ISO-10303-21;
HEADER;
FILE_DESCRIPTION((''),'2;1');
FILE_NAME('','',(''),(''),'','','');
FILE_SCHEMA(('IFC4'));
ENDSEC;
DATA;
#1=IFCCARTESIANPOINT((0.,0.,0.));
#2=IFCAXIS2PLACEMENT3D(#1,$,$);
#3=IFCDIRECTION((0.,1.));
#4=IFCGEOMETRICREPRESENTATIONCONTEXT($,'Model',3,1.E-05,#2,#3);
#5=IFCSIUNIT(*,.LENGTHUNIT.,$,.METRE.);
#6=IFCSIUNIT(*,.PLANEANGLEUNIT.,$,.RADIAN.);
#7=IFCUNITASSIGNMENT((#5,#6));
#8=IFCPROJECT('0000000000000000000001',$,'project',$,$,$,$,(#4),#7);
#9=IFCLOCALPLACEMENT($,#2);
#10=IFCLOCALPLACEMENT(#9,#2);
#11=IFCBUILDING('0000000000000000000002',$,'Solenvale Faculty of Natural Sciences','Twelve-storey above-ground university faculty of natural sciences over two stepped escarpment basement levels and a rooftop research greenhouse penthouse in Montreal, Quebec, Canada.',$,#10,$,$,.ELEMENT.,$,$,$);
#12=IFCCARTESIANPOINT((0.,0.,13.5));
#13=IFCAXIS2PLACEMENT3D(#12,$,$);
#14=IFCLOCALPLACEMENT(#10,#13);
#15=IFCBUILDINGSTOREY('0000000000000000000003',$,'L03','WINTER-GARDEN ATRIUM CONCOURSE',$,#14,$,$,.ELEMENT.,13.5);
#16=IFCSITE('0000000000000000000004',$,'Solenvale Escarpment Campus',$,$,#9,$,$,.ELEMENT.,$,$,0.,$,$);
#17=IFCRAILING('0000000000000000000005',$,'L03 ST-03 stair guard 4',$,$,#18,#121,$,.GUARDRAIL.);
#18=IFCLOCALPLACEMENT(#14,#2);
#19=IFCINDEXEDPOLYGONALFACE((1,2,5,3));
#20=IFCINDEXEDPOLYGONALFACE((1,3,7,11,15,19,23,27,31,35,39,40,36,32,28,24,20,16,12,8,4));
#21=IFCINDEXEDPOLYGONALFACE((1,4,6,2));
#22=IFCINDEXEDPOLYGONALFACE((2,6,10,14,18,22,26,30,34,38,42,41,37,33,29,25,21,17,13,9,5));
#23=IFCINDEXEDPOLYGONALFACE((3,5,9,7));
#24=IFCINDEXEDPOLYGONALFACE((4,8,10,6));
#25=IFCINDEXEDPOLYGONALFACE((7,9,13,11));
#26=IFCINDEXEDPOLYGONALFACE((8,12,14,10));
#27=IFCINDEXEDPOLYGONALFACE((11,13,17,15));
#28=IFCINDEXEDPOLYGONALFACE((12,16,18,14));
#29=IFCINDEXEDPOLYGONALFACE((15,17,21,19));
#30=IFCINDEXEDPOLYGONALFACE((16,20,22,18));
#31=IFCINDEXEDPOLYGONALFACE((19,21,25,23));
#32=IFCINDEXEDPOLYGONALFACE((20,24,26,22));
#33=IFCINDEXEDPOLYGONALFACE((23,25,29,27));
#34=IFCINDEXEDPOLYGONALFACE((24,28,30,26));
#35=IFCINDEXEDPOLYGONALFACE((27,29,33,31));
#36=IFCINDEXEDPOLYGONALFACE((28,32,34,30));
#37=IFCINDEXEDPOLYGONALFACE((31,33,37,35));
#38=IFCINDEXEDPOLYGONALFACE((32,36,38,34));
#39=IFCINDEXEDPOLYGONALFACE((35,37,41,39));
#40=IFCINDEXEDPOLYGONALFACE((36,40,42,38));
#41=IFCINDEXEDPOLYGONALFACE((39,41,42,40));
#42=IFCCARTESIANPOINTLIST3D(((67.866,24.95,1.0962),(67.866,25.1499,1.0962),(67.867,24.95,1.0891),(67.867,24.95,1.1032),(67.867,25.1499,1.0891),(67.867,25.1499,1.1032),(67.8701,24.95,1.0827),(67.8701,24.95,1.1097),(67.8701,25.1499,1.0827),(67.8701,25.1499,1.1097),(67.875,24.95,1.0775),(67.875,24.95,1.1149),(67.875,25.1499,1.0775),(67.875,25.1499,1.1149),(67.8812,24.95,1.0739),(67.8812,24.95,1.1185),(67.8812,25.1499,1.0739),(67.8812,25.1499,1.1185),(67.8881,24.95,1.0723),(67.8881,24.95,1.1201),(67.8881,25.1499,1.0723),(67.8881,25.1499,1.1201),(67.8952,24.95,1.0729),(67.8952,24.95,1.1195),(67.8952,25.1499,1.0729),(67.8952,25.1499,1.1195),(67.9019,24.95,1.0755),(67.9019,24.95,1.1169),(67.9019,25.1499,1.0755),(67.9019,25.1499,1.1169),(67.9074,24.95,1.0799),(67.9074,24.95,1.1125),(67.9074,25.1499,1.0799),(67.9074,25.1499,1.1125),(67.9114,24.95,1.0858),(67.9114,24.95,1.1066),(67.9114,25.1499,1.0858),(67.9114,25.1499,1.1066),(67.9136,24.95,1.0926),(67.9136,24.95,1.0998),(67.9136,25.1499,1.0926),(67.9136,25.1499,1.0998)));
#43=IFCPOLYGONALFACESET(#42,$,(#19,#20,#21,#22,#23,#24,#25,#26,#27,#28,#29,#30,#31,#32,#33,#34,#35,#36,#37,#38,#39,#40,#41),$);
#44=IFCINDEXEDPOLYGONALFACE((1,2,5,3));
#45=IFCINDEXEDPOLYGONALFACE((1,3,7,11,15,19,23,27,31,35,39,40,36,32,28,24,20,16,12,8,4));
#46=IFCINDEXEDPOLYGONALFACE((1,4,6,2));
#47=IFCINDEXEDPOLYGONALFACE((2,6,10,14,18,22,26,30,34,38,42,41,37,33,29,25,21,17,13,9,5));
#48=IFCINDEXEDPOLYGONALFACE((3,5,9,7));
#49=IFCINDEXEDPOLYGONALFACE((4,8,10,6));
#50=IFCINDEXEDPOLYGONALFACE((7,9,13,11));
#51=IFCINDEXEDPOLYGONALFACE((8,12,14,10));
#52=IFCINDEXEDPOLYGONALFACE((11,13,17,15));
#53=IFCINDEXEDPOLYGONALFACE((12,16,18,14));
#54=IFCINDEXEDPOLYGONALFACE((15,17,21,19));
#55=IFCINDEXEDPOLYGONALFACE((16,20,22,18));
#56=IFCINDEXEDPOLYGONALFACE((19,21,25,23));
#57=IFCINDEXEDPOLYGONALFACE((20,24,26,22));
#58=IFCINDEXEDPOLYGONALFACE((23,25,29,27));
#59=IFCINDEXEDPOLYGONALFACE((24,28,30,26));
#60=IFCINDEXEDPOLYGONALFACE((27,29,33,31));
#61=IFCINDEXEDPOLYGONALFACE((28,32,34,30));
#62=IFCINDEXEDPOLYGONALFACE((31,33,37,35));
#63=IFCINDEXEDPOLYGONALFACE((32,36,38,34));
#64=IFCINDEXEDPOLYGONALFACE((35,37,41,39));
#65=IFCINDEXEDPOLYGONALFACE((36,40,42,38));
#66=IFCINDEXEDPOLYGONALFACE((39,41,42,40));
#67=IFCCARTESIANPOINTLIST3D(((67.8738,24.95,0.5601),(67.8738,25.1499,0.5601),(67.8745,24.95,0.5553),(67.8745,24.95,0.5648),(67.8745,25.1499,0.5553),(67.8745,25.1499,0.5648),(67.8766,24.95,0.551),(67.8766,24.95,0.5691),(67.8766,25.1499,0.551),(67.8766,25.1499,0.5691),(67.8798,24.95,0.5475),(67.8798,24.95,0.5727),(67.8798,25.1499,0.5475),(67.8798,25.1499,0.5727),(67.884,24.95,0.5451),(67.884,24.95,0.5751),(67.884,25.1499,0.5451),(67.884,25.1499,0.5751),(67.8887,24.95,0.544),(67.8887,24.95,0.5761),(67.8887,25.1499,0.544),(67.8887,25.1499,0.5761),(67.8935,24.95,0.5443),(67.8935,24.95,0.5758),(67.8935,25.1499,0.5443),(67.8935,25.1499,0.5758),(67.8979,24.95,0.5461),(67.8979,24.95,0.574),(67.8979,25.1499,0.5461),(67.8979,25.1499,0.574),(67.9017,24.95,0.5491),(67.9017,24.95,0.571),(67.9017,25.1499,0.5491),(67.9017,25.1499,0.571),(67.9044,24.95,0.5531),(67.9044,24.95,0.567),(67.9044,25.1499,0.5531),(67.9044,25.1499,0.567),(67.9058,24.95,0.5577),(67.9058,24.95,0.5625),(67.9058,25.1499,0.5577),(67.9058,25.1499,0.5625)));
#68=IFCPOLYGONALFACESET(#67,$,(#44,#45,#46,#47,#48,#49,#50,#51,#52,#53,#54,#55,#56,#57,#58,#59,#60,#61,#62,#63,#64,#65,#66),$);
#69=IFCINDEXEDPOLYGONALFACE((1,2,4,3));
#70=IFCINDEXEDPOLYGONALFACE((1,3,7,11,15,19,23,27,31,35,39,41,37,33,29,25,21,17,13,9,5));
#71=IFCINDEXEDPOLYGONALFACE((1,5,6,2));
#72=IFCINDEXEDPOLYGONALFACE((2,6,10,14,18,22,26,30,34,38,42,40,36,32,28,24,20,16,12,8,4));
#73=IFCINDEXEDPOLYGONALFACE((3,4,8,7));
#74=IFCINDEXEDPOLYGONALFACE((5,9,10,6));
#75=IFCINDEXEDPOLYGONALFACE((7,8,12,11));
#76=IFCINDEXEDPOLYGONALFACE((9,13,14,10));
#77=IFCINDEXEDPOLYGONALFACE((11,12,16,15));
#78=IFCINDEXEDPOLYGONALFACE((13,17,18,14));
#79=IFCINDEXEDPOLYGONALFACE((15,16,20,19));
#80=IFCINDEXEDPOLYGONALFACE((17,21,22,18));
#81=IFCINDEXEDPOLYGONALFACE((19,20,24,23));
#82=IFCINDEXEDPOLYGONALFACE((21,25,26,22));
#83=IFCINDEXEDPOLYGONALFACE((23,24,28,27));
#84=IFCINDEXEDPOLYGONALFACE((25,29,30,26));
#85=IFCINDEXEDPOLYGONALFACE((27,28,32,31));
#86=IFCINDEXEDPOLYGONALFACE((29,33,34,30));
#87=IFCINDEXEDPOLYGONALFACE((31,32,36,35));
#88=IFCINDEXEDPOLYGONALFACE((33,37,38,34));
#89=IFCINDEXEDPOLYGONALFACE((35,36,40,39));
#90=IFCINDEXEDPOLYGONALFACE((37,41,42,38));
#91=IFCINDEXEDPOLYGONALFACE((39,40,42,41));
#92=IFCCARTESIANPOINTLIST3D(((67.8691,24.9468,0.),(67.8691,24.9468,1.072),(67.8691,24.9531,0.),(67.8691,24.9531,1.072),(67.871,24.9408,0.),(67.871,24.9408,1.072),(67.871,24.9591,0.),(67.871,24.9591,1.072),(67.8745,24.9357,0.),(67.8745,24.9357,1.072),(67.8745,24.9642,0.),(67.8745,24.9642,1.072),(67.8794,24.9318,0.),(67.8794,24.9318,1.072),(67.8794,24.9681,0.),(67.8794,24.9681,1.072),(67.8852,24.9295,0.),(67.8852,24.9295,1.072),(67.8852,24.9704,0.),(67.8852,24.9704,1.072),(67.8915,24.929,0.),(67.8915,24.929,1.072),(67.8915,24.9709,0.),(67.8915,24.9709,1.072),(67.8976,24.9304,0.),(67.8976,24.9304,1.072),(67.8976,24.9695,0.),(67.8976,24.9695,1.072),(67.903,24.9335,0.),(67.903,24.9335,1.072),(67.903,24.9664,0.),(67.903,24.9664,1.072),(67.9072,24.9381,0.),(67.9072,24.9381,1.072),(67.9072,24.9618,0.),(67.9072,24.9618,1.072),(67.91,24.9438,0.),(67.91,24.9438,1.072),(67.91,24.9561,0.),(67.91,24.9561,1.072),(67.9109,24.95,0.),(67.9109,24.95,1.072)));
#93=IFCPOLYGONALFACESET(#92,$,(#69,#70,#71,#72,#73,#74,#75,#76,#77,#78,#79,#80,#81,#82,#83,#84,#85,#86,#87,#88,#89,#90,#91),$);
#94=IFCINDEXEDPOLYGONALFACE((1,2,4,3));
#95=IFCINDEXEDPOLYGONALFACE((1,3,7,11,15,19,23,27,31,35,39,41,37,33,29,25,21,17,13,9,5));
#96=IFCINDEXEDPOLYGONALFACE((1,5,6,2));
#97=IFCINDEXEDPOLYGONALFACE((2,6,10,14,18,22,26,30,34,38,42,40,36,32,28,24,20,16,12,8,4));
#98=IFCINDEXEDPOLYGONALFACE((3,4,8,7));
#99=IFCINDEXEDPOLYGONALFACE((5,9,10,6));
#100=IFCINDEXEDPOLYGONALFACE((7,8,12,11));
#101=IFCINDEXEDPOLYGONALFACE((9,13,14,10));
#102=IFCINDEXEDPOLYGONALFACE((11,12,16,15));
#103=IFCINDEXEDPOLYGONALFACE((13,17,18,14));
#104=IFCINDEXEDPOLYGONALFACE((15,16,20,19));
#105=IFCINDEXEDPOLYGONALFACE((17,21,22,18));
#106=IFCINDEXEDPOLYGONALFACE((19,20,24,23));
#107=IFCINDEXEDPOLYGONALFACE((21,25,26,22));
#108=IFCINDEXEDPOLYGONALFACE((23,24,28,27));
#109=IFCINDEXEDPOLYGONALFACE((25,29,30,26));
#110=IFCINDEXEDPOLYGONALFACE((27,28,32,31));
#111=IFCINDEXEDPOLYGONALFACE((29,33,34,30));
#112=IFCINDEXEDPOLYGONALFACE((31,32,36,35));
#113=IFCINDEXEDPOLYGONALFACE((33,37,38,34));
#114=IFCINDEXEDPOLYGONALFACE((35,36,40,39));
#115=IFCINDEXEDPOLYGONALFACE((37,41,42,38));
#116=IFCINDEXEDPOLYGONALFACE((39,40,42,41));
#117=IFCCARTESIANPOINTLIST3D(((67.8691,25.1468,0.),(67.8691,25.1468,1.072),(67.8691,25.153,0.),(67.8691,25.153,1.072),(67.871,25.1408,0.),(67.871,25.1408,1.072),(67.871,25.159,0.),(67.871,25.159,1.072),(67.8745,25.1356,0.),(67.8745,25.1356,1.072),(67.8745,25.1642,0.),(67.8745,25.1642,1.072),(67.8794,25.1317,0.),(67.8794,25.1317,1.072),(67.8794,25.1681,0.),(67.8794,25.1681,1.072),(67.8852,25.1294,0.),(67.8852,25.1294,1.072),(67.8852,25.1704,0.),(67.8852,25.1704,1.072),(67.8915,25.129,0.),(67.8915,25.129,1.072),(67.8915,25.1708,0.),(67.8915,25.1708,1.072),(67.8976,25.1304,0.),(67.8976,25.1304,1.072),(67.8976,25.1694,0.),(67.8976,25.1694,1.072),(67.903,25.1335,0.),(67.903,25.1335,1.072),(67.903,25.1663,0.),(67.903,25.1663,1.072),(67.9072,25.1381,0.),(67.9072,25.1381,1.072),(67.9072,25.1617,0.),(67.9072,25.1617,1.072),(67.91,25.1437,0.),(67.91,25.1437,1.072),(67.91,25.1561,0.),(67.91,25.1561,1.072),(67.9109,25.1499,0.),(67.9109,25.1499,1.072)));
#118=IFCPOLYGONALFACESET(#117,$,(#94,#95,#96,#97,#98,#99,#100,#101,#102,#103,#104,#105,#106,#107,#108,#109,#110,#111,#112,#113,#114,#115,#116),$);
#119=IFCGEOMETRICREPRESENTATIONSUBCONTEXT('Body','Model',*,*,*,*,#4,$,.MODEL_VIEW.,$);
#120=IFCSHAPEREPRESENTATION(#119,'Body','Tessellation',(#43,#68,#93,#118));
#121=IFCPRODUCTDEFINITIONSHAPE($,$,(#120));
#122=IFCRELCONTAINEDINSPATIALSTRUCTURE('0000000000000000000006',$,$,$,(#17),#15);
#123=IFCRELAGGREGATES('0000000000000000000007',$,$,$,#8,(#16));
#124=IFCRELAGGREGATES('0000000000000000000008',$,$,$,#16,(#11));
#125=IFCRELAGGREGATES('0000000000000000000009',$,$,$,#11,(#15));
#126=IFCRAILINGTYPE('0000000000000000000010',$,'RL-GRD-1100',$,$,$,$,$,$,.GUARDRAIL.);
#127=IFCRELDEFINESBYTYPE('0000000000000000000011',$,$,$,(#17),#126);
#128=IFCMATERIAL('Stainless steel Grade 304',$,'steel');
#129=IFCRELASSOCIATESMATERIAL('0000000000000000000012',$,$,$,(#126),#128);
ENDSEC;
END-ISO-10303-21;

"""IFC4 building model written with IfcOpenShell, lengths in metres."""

from ifc_helpers import new_model, si_unit, direction, frame, origin, origin_2d, place, context, subcontext, project, spatial, circle, extrude, material, type_object, element, save


model = new_model("IFC4")

# Units and contexts
model_context = context("Model", 3, precision=1e-05, world=origin(), true_north=direction((0.0, 1.0)))
body_context = subcontext(model_context, "Body", "Model", "MODEL_VIEW")
ifc_project = project(units=[si_unit("LENGTHUNIT", "METRE"), si_unit("PLANEANGLEUNIT", "RADIAN")], contexts=[model_context])

# Site, building, storey
site_placement = place(None, origin())
site = spatial("IfcSite", under=ifc_project, at=site_placement, Name="Solenvale Escarpment Campus", CompositionType="ELEMENT", RefElevation=0.0)
building_placement = place(site_placement, origin())
building = spatial("IfcBuilding", under=site, at=building_placement, Name="Solenvale Faculty of Natural Sciences", Description="Twelve-storey above-ground university faculty of natural sciences over two stepped escarpment basement levels and a rooftop research greenhouse penthouse in Montreal, Quebec, Canada.", CompositionType="ELEMENT")
storey_placement = place(building_placement, frame((0.0, 0.0, 13.5)))
storey = spatial("IfcBuildingStorey", under=building, at=storey_placement, Name="L03", Description="WINTER-GARDEN ATRIUM CONCOURSE", CompositionType="ELEMENT", Elevation=13.5)

# Railing
ifc_material_1 = material(Name="Stainless steel Grade 304", Category="steel")
railing_type_1 = type_object("IfcRailingType", Name="RL-GRD-1100", PredefinedType="GUARDRAIL", material=ifc_material_1)
railing_1_placement = place(storey_placement, frame((67.8899, 24.95, 0.0)))
element("IfcRailing", 1, at=railing_1_placement, inside=storey, type_object=railing_type_1, Name="L03 ST-03 stair guard 4", PredefinedType="GUARDRAIL", context=body_context, shape_type="SweptSolid", body=[
    extrude(circle(Radius=0.0239, at=origin_2d()), frame((0.0, 0.0, 1.0962), z_axis=(0.0, 1.0, 0.0), x_axis=(-1.0, 0.0, 0.0)), (0.0, 0.0, 1.0), 0.2),
    extrude(circle(Radius=0.0161, at=origin_2d()), frame((0.0, 0.0, 0.5601), z_axis=(0.0, 1.0, 0.0), x_axis=(-1.0, 0.0, 0.0)), (0.0, 0.0, 1.0), 0.2),
    extrude(circle(Radius=0.021, at=origin_2d()), origin(), (0.0, 0.0, 1.0), 1.072),
    extrude(circle(Radius=0.021, at=origin_2d()), frame((0.0, 0.2, 0.0)), (0.0, 0.0, 1.0), 1.072),
])

save(model, "model.ifc")
